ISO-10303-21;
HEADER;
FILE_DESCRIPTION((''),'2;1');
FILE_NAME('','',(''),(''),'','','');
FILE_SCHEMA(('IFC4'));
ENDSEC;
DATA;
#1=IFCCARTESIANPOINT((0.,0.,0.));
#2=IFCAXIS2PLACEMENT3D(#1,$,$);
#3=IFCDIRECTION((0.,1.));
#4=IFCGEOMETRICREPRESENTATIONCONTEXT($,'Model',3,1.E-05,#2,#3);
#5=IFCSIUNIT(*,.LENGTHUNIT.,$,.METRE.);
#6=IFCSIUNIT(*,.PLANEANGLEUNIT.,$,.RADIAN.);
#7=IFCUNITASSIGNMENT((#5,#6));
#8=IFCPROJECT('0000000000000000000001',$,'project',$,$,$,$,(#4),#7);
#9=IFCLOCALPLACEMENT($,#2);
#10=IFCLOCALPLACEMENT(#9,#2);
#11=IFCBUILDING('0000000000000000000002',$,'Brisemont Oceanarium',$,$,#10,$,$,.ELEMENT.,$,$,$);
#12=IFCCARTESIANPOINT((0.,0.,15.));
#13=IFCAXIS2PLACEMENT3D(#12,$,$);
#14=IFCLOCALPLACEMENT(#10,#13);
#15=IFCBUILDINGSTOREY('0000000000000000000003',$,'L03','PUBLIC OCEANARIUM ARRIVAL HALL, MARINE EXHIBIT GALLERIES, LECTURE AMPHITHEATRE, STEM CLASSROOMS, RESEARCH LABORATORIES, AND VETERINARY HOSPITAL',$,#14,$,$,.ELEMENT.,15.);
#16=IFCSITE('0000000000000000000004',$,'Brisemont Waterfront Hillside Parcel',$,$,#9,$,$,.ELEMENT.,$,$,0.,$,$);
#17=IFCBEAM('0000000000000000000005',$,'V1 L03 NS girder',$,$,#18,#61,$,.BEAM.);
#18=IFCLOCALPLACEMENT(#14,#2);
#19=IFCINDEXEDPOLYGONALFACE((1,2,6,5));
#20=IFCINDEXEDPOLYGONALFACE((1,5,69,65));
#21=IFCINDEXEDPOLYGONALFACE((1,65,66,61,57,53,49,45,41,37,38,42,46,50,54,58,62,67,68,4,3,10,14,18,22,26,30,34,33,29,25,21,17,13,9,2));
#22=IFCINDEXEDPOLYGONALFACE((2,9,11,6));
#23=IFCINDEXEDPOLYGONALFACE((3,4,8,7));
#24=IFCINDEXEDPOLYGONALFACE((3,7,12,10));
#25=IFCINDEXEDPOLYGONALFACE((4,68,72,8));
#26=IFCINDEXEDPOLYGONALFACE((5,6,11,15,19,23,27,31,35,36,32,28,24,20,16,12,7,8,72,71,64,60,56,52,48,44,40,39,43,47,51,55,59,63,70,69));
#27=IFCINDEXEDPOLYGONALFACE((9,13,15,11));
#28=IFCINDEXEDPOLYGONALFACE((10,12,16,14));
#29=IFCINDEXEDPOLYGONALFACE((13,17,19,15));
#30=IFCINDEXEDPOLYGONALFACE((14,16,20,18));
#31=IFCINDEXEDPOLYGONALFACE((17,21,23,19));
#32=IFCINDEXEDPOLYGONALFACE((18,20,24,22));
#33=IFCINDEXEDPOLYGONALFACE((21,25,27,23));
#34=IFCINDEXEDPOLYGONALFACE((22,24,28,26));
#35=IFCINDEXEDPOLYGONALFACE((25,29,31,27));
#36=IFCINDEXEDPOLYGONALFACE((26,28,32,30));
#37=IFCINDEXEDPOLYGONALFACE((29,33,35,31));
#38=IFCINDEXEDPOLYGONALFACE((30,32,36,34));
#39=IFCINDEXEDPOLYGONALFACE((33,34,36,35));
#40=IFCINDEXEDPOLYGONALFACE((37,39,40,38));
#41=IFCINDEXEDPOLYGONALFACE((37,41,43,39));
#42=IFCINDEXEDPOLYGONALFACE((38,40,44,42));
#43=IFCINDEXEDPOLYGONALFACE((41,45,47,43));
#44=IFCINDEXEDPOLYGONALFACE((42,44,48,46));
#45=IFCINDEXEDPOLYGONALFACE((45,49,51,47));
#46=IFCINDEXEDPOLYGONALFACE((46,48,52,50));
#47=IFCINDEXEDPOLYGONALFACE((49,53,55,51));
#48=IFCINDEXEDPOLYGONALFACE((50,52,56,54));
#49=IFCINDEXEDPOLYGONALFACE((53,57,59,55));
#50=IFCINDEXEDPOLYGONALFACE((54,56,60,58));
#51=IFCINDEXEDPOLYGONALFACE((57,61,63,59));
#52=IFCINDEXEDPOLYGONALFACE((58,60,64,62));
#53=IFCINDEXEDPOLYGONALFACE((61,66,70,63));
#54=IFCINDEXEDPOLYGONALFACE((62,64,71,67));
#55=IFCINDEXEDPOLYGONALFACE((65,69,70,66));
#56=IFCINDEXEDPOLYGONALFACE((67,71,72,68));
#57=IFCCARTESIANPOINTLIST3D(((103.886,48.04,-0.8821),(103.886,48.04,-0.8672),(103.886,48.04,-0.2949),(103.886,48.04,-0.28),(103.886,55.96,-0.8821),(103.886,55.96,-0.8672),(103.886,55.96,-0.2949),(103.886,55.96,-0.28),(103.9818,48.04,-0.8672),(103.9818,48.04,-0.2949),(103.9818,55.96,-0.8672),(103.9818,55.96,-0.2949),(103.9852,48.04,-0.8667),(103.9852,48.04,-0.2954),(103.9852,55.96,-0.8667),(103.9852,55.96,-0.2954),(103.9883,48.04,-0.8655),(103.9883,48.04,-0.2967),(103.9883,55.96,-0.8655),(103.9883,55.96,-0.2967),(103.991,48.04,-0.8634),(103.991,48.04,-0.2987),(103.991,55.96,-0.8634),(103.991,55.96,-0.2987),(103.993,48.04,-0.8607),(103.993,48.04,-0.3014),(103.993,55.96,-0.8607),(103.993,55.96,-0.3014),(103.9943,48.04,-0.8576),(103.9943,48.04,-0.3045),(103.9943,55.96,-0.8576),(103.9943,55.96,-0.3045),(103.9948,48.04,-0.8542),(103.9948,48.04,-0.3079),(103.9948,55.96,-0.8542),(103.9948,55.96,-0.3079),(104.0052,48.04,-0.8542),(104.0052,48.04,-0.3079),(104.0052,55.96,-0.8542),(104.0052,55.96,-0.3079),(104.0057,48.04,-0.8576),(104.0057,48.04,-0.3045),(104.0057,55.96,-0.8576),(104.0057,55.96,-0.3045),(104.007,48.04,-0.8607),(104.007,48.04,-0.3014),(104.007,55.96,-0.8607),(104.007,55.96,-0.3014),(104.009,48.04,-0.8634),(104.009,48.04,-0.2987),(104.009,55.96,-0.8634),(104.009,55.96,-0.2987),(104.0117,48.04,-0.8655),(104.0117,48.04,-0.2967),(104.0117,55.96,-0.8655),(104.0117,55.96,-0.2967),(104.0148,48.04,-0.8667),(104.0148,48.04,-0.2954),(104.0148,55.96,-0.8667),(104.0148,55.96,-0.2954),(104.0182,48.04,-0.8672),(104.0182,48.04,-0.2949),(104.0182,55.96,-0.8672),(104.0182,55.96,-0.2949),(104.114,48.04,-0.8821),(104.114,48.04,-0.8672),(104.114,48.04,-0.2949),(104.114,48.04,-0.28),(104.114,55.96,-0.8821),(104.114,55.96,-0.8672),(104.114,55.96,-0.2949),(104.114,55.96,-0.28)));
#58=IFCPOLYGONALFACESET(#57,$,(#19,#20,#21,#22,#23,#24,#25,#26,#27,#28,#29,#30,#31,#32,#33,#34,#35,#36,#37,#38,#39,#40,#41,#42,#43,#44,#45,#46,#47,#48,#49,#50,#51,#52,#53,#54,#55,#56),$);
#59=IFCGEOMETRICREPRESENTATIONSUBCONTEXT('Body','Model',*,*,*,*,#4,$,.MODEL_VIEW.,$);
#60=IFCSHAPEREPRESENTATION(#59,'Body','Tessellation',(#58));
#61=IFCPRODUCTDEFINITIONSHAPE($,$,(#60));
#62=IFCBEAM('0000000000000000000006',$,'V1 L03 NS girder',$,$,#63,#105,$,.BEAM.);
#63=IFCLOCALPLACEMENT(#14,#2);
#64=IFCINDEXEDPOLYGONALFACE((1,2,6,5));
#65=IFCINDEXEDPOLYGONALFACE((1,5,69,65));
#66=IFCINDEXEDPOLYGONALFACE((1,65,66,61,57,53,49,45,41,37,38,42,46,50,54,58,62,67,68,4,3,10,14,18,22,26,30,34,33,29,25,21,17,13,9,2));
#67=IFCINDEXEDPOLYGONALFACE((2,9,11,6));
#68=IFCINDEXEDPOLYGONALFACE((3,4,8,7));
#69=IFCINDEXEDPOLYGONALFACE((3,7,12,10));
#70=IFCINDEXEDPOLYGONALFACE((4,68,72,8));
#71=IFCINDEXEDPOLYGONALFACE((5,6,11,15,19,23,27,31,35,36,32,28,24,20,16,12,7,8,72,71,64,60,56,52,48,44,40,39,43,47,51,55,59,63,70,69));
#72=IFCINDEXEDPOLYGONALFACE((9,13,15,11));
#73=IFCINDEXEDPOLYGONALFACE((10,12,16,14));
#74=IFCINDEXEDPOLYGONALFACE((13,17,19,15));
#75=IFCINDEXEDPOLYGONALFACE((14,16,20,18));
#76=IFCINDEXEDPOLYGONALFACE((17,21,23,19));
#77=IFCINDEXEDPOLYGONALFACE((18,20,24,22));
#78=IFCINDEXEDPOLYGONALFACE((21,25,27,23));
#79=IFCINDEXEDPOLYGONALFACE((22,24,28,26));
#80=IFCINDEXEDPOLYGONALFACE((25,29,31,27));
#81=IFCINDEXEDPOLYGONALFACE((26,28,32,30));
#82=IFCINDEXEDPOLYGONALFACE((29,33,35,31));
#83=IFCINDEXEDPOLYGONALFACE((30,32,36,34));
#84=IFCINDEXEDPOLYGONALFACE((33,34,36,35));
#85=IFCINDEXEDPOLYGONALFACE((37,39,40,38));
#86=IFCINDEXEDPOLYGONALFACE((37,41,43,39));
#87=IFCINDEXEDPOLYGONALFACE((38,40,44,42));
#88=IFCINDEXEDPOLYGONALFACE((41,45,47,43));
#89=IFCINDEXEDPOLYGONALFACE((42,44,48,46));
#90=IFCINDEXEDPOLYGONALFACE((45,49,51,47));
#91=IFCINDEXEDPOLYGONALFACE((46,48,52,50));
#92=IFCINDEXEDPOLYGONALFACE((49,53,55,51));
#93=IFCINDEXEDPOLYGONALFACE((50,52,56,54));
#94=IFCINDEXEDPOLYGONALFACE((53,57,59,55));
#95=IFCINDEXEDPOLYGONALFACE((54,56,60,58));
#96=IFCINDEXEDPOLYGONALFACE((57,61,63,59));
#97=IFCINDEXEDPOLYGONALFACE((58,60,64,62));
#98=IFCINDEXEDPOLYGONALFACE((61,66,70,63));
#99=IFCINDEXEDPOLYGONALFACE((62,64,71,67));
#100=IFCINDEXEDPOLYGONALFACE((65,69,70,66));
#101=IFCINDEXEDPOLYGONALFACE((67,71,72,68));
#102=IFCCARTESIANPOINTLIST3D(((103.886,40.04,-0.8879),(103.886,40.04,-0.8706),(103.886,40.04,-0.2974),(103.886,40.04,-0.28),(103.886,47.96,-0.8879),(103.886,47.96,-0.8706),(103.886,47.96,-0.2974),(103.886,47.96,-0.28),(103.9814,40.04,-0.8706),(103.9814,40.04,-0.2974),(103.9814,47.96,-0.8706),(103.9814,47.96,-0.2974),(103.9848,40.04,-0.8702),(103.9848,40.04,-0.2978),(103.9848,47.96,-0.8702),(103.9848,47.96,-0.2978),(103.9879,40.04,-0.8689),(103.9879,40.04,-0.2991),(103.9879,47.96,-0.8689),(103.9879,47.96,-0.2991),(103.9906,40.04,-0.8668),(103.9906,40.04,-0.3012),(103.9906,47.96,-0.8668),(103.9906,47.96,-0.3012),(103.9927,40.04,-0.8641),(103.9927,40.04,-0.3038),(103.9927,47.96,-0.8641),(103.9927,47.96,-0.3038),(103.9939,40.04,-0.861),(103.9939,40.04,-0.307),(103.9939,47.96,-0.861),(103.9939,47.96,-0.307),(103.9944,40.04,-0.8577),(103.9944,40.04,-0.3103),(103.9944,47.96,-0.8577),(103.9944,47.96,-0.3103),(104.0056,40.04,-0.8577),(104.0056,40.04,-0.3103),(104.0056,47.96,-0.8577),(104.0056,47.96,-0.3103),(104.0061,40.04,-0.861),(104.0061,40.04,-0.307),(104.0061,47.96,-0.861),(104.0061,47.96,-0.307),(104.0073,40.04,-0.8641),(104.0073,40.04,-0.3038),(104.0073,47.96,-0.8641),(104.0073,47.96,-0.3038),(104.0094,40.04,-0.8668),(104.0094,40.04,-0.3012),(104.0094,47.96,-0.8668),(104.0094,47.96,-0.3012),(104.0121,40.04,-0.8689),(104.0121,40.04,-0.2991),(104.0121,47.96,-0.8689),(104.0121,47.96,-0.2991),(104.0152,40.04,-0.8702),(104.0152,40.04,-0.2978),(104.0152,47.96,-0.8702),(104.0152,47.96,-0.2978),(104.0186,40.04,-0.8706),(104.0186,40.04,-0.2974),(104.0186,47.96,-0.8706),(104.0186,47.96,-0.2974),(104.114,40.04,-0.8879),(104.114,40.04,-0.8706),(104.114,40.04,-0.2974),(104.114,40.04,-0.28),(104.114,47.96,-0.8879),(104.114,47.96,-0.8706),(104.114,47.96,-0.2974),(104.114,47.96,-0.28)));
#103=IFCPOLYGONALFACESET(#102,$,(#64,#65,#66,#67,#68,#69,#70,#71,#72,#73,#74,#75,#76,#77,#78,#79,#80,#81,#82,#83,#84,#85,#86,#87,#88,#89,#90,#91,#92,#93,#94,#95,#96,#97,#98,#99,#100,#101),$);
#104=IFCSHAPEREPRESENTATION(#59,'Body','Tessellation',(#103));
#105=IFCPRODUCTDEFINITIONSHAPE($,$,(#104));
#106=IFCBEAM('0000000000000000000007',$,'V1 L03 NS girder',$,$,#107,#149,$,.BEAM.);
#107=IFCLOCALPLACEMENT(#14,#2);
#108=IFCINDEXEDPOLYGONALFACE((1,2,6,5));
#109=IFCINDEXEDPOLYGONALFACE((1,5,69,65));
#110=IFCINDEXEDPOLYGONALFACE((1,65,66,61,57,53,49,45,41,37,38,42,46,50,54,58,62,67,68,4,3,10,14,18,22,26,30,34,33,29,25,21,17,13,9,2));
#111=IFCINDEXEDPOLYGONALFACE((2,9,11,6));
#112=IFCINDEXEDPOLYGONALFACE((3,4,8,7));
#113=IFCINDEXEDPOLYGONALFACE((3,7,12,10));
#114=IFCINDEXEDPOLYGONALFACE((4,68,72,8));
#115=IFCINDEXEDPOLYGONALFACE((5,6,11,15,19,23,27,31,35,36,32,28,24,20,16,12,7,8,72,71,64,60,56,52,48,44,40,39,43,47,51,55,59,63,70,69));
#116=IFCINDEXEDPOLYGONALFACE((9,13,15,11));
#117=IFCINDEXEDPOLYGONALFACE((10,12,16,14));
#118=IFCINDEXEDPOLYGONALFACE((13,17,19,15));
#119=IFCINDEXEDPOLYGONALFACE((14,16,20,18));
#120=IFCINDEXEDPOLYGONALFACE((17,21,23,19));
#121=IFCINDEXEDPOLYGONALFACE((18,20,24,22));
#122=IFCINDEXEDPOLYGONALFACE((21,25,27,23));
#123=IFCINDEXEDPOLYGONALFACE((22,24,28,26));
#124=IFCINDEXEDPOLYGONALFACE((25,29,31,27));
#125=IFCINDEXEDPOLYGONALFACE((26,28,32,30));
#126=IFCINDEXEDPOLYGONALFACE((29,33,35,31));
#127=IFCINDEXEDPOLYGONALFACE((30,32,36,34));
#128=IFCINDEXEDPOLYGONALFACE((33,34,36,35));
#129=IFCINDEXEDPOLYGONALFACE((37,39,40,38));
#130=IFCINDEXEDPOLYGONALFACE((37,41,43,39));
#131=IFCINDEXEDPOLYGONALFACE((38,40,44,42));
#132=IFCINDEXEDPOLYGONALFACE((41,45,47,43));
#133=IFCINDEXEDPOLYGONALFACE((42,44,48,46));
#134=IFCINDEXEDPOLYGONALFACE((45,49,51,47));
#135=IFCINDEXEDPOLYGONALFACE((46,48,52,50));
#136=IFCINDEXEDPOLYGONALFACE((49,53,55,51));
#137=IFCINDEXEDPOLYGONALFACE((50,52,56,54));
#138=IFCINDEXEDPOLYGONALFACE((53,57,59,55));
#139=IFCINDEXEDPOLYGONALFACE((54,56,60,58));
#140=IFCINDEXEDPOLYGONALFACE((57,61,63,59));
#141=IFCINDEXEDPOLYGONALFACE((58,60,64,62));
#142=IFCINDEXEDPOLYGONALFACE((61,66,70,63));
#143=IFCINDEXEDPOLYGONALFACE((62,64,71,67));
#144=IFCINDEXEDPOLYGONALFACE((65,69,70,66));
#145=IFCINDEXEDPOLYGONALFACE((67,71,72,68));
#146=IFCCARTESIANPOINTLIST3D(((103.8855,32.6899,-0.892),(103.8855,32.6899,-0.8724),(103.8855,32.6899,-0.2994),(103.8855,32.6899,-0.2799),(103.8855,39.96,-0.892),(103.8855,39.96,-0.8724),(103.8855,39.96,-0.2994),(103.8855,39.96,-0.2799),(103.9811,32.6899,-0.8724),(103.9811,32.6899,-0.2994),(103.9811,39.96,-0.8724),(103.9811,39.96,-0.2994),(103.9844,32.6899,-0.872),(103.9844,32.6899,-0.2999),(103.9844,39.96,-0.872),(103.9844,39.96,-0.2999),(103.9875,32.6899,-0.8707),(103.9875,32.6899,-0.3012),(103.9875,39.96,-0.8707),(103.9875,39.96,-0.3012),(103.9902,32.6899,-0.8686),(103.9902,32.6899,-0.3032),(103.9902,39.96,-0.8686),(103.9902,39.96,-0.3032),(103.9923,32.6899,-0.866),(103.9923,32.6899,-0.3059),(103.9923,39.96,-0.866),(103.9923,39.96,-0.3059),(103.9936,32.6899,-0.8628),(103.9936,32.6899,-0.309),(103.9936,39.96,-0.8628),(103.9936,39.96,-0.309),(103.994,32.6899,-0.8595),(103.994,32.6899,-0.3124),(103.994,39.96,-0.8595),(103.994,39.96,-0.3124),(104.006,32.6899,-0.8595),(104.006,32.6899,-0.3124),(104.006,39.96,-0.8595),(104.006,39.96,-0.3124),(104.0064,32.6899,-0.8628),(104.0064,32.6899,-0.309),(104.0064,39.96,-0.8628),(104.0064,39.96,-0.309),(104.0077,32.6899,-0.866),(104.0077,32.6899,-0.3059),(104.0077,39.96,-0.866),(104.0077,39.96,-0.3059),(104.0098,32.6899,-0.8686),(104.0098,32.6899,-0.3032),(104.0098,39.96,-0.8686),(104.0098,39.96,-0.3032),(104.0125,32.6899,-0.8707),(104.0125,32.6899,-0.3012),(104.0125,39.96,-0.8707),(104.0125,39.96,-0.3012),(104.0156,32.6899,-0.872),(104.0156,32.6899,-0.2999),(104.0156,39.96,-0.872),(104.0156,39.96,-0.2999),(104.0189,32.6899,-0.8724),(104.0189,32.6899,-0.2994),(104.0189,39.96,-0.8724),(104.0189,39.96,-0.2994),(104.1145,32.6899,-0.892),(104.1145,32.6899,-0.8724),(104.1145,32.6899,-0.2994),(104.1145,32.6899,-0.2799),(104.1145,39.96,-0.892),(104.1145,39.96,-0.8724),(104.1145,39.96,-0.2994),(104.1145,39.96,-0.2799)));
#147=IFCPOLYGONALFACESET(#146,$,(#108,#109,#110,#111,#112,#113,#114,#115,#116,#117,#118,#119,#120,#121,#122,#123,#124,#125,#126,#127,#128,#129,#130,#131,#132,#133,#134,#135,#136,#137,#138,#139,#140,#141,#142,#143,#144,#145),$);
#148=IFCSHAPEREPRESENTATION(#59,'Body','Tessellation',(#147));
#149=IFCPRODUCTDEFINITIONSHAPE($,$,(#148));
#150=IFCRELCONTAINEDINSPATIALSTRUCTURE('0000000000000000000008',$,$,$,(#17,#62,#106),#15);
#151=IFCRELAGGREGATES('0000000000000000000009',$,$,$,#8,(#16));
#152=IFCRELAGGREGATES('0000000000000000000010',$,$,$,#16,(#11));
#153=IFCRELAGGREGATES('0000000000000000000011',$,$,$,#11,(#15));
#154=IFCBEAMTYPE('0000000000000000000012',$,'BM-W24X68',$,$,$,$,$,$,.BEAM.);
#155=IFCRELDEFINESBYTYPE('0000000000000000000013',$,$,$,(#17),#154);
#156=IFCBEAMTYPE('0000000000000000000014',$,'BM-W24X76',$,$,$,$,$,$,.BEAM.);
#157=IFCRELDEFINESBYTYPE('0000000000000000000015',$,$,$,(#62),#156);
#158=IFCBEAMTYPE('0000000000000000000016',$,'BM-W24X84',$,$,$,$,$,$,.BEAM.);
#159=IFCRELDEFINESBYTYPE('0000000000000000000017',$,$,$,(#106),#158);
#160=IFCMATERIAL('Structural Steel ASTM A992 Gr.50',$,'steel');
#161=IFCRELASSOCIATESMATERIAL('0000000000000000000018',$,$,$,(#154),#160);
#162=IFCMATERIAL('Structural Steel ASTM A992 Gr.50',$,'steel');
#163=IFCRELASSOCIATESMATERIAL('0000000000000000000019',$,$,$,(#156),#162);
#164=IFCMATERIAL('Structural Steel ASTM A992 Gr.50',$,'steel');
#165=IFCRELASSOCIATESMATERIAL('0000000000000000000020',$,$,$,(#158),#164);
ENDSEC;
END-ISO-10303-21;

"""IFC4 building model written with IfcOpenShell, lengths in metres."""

from ifc_helpers import new_model, si_unit, direction, frame, origin, origin_2d, place, context, subcontext, project, spatial, i_section, extrude, material, material_profile, profile_set, type_object, element, save


model = new_model("IFC4")

# Units and contexts
model_context = context("Model", 3, precision=1e-05, world=origin(), true_north=direction((0.0, 1.0)))
body_context = subcontext(model_context, "Body", "Model", "MODEL_VIEW")
ifc_project = project(units=[si_unit("LENGTHUNIT", "METRE"), si_unit("PLANEANGLEUNIT", "RADIAN")], contexts=[model_context])

# Site, building, storey
site_placement = place(None, origin())
site = spatial("IfcSite", under=ifc_project, at=site_placement, Name="Brisemont Waterfront Hillside Parcel", CompositionType="ELEMENT", RefElevation=0.0)
building_placement = place(site_placement, origin())
building = spatial("IfcBuilding", under=site, at=building_placement, Name="Brisemont Oceanarium", CompositionType="ELEMENT")
storey_placement = place(building_placement, frame((0.0, 0.0, 15.0)))
storey = spatial("IfcBuildingStorey", under=building, at=storey_placement, Name="L03", Description="PUBLIC OCEANARIUM ARRIVAL HALL, MARINE EXHIBIT GALLERIES, LECTURE AMPHITHEATRE, STEM CLASSROOMS, RESEARCH LABORATORIES, AND VETERINARY HOSPITAL", CompositionType="ELEMENT", Elevation=15.0)

# Beams
ifc_material_1 = material(Name="Structural Steel ASTM A992 Gr.50", Category="steel")
ifc_material_profile_1 = material_profile(ifc_material_1, i_section(OverallWidth=0.228, OverallDepth=0.6021, WebThickness=0.0105, FlangeThickness=0.0149, FilletRadius=0.0129, at=origin_2d()), Name="W24X68")
ifc_profile_set_1 = profile_set([ifc_material_profile_1], Name="Structural Steel ASTM A992 Gr.50")
beam_type_1 = type_object("IfcBeamType", Name="BM-W24X68", PredefinedType="BEAM", material=ifc_profile_set_1)
beam_1_placement = place(storey_placement, frame((104.0, 48.04, -0.5811), z_axis=(0.0, 1.0, 0.0), x_axis=(-1.0, 0.0, 0.0)))
element("IfcBeam", 1, at=beam_1_placement, inside=storey, type_object=beam_type_1, Name="V1 L03 NS girder", PredefinedType="BEAM", context=body_context, shape_type="SweptSolid", body=[
    extrude(i_section(OverallWidth=0.228, OverallDepth=0.6021, WebThickness=0.0105, FlangeThickness=0.0149, FilletRadius=0.0129, at=origin_2d()), origin(), (0.0, 0.0, 1.0), 7.9199),
])
ifc_material_2 = material(Name="Structural Steel ASTM A992 Gr.50", Category="steel")
ifc_material_profile_2 = material_profile(ifc_material_2, i_section(OverallWidth=0.228, OverallDepth=0.6079, WebThickness=0.0112, FlangeThickness=0.0173, FilletRadius=0.0129, at=origin_2d()), Name="W24X76")
ifc_profile_set_2 = profile_set([ifc_material_profile_2], Name="Structural Steel ASTM A992 Gr.50")
beam_type_2 = type_object("IfcBeamType", Name="BM-W24X76", PredefinedType="BEAM", material=ifc_profile_set_2)
beam_2_placement = place(storey_placement, frame((104.0, 40.04, -0.584), z_axis=(0.0, 1.0, 0.0), x_axis=(-1.0, 0.0, 0.0)))
element("IfcBeam", 2, at=beam_2_placement, inside=storey, type_object=beam_type_2, Name="V1 L03 NS girder", PredefinedType="BEAM", context=body_context, shape_type="SweptSolid", body=[
    extrude(i_section(OverallWidth=0.228, OverallDepth=0.6079, WebThickness=0.0112, FlangeThickness=0.0173, FilletRadius=0.0129, at=origin_2d()), origin(), (0.0, 0.0, 1.0), 7.9199),
])
ifc_material_3 = material(Name="Structural Steel ASTM A992 Gr.50", Category="steel")
ifc_material_profile_3 = material_profile(ifc_material_3, i_section(OverallWidth=0.229, OverallDepth=0.6121, WebThickness=0.012, FlangeThickness=0.0195, FilletRadius=0.0129, at=origin_2d()), Name="W24X84")
ifc_profile_set_3 = profile_set([ifc_material_profile_3], Name="Structural Steel ASTM A992 Gr.50")
beam_type_3 = type_object("IfcBeamType", Name="BM-W24X84", PredefinedType="BEAM", material=ifc_profile_set_3)
beam_3_placement = place(storey_placement, frame((104.0, 32.6899, -0.5859), z_axis=(0.0, 1.0, 0.0), x_axis=(-1.0, 0.0, 0.0)))
element("IfcBeam", 3, at=beam_3_placement, inside=storey, type_object=beam_type_3, Name="V1 L03 NS girder", PredefinedType="BEAM", context=body_context, shape_type="SweptSolid", body=[
    extrude(i_section(OverallWidth=0.229, OverallDepth=0.6121, WebThickness=0.012, FlangeThickness=0.0195, FilletRadius=0.0129, at=origin_2d()), origin(), (0.0, 0.0, 1.0), 7.27),
])

save(model, "model.ifc")
